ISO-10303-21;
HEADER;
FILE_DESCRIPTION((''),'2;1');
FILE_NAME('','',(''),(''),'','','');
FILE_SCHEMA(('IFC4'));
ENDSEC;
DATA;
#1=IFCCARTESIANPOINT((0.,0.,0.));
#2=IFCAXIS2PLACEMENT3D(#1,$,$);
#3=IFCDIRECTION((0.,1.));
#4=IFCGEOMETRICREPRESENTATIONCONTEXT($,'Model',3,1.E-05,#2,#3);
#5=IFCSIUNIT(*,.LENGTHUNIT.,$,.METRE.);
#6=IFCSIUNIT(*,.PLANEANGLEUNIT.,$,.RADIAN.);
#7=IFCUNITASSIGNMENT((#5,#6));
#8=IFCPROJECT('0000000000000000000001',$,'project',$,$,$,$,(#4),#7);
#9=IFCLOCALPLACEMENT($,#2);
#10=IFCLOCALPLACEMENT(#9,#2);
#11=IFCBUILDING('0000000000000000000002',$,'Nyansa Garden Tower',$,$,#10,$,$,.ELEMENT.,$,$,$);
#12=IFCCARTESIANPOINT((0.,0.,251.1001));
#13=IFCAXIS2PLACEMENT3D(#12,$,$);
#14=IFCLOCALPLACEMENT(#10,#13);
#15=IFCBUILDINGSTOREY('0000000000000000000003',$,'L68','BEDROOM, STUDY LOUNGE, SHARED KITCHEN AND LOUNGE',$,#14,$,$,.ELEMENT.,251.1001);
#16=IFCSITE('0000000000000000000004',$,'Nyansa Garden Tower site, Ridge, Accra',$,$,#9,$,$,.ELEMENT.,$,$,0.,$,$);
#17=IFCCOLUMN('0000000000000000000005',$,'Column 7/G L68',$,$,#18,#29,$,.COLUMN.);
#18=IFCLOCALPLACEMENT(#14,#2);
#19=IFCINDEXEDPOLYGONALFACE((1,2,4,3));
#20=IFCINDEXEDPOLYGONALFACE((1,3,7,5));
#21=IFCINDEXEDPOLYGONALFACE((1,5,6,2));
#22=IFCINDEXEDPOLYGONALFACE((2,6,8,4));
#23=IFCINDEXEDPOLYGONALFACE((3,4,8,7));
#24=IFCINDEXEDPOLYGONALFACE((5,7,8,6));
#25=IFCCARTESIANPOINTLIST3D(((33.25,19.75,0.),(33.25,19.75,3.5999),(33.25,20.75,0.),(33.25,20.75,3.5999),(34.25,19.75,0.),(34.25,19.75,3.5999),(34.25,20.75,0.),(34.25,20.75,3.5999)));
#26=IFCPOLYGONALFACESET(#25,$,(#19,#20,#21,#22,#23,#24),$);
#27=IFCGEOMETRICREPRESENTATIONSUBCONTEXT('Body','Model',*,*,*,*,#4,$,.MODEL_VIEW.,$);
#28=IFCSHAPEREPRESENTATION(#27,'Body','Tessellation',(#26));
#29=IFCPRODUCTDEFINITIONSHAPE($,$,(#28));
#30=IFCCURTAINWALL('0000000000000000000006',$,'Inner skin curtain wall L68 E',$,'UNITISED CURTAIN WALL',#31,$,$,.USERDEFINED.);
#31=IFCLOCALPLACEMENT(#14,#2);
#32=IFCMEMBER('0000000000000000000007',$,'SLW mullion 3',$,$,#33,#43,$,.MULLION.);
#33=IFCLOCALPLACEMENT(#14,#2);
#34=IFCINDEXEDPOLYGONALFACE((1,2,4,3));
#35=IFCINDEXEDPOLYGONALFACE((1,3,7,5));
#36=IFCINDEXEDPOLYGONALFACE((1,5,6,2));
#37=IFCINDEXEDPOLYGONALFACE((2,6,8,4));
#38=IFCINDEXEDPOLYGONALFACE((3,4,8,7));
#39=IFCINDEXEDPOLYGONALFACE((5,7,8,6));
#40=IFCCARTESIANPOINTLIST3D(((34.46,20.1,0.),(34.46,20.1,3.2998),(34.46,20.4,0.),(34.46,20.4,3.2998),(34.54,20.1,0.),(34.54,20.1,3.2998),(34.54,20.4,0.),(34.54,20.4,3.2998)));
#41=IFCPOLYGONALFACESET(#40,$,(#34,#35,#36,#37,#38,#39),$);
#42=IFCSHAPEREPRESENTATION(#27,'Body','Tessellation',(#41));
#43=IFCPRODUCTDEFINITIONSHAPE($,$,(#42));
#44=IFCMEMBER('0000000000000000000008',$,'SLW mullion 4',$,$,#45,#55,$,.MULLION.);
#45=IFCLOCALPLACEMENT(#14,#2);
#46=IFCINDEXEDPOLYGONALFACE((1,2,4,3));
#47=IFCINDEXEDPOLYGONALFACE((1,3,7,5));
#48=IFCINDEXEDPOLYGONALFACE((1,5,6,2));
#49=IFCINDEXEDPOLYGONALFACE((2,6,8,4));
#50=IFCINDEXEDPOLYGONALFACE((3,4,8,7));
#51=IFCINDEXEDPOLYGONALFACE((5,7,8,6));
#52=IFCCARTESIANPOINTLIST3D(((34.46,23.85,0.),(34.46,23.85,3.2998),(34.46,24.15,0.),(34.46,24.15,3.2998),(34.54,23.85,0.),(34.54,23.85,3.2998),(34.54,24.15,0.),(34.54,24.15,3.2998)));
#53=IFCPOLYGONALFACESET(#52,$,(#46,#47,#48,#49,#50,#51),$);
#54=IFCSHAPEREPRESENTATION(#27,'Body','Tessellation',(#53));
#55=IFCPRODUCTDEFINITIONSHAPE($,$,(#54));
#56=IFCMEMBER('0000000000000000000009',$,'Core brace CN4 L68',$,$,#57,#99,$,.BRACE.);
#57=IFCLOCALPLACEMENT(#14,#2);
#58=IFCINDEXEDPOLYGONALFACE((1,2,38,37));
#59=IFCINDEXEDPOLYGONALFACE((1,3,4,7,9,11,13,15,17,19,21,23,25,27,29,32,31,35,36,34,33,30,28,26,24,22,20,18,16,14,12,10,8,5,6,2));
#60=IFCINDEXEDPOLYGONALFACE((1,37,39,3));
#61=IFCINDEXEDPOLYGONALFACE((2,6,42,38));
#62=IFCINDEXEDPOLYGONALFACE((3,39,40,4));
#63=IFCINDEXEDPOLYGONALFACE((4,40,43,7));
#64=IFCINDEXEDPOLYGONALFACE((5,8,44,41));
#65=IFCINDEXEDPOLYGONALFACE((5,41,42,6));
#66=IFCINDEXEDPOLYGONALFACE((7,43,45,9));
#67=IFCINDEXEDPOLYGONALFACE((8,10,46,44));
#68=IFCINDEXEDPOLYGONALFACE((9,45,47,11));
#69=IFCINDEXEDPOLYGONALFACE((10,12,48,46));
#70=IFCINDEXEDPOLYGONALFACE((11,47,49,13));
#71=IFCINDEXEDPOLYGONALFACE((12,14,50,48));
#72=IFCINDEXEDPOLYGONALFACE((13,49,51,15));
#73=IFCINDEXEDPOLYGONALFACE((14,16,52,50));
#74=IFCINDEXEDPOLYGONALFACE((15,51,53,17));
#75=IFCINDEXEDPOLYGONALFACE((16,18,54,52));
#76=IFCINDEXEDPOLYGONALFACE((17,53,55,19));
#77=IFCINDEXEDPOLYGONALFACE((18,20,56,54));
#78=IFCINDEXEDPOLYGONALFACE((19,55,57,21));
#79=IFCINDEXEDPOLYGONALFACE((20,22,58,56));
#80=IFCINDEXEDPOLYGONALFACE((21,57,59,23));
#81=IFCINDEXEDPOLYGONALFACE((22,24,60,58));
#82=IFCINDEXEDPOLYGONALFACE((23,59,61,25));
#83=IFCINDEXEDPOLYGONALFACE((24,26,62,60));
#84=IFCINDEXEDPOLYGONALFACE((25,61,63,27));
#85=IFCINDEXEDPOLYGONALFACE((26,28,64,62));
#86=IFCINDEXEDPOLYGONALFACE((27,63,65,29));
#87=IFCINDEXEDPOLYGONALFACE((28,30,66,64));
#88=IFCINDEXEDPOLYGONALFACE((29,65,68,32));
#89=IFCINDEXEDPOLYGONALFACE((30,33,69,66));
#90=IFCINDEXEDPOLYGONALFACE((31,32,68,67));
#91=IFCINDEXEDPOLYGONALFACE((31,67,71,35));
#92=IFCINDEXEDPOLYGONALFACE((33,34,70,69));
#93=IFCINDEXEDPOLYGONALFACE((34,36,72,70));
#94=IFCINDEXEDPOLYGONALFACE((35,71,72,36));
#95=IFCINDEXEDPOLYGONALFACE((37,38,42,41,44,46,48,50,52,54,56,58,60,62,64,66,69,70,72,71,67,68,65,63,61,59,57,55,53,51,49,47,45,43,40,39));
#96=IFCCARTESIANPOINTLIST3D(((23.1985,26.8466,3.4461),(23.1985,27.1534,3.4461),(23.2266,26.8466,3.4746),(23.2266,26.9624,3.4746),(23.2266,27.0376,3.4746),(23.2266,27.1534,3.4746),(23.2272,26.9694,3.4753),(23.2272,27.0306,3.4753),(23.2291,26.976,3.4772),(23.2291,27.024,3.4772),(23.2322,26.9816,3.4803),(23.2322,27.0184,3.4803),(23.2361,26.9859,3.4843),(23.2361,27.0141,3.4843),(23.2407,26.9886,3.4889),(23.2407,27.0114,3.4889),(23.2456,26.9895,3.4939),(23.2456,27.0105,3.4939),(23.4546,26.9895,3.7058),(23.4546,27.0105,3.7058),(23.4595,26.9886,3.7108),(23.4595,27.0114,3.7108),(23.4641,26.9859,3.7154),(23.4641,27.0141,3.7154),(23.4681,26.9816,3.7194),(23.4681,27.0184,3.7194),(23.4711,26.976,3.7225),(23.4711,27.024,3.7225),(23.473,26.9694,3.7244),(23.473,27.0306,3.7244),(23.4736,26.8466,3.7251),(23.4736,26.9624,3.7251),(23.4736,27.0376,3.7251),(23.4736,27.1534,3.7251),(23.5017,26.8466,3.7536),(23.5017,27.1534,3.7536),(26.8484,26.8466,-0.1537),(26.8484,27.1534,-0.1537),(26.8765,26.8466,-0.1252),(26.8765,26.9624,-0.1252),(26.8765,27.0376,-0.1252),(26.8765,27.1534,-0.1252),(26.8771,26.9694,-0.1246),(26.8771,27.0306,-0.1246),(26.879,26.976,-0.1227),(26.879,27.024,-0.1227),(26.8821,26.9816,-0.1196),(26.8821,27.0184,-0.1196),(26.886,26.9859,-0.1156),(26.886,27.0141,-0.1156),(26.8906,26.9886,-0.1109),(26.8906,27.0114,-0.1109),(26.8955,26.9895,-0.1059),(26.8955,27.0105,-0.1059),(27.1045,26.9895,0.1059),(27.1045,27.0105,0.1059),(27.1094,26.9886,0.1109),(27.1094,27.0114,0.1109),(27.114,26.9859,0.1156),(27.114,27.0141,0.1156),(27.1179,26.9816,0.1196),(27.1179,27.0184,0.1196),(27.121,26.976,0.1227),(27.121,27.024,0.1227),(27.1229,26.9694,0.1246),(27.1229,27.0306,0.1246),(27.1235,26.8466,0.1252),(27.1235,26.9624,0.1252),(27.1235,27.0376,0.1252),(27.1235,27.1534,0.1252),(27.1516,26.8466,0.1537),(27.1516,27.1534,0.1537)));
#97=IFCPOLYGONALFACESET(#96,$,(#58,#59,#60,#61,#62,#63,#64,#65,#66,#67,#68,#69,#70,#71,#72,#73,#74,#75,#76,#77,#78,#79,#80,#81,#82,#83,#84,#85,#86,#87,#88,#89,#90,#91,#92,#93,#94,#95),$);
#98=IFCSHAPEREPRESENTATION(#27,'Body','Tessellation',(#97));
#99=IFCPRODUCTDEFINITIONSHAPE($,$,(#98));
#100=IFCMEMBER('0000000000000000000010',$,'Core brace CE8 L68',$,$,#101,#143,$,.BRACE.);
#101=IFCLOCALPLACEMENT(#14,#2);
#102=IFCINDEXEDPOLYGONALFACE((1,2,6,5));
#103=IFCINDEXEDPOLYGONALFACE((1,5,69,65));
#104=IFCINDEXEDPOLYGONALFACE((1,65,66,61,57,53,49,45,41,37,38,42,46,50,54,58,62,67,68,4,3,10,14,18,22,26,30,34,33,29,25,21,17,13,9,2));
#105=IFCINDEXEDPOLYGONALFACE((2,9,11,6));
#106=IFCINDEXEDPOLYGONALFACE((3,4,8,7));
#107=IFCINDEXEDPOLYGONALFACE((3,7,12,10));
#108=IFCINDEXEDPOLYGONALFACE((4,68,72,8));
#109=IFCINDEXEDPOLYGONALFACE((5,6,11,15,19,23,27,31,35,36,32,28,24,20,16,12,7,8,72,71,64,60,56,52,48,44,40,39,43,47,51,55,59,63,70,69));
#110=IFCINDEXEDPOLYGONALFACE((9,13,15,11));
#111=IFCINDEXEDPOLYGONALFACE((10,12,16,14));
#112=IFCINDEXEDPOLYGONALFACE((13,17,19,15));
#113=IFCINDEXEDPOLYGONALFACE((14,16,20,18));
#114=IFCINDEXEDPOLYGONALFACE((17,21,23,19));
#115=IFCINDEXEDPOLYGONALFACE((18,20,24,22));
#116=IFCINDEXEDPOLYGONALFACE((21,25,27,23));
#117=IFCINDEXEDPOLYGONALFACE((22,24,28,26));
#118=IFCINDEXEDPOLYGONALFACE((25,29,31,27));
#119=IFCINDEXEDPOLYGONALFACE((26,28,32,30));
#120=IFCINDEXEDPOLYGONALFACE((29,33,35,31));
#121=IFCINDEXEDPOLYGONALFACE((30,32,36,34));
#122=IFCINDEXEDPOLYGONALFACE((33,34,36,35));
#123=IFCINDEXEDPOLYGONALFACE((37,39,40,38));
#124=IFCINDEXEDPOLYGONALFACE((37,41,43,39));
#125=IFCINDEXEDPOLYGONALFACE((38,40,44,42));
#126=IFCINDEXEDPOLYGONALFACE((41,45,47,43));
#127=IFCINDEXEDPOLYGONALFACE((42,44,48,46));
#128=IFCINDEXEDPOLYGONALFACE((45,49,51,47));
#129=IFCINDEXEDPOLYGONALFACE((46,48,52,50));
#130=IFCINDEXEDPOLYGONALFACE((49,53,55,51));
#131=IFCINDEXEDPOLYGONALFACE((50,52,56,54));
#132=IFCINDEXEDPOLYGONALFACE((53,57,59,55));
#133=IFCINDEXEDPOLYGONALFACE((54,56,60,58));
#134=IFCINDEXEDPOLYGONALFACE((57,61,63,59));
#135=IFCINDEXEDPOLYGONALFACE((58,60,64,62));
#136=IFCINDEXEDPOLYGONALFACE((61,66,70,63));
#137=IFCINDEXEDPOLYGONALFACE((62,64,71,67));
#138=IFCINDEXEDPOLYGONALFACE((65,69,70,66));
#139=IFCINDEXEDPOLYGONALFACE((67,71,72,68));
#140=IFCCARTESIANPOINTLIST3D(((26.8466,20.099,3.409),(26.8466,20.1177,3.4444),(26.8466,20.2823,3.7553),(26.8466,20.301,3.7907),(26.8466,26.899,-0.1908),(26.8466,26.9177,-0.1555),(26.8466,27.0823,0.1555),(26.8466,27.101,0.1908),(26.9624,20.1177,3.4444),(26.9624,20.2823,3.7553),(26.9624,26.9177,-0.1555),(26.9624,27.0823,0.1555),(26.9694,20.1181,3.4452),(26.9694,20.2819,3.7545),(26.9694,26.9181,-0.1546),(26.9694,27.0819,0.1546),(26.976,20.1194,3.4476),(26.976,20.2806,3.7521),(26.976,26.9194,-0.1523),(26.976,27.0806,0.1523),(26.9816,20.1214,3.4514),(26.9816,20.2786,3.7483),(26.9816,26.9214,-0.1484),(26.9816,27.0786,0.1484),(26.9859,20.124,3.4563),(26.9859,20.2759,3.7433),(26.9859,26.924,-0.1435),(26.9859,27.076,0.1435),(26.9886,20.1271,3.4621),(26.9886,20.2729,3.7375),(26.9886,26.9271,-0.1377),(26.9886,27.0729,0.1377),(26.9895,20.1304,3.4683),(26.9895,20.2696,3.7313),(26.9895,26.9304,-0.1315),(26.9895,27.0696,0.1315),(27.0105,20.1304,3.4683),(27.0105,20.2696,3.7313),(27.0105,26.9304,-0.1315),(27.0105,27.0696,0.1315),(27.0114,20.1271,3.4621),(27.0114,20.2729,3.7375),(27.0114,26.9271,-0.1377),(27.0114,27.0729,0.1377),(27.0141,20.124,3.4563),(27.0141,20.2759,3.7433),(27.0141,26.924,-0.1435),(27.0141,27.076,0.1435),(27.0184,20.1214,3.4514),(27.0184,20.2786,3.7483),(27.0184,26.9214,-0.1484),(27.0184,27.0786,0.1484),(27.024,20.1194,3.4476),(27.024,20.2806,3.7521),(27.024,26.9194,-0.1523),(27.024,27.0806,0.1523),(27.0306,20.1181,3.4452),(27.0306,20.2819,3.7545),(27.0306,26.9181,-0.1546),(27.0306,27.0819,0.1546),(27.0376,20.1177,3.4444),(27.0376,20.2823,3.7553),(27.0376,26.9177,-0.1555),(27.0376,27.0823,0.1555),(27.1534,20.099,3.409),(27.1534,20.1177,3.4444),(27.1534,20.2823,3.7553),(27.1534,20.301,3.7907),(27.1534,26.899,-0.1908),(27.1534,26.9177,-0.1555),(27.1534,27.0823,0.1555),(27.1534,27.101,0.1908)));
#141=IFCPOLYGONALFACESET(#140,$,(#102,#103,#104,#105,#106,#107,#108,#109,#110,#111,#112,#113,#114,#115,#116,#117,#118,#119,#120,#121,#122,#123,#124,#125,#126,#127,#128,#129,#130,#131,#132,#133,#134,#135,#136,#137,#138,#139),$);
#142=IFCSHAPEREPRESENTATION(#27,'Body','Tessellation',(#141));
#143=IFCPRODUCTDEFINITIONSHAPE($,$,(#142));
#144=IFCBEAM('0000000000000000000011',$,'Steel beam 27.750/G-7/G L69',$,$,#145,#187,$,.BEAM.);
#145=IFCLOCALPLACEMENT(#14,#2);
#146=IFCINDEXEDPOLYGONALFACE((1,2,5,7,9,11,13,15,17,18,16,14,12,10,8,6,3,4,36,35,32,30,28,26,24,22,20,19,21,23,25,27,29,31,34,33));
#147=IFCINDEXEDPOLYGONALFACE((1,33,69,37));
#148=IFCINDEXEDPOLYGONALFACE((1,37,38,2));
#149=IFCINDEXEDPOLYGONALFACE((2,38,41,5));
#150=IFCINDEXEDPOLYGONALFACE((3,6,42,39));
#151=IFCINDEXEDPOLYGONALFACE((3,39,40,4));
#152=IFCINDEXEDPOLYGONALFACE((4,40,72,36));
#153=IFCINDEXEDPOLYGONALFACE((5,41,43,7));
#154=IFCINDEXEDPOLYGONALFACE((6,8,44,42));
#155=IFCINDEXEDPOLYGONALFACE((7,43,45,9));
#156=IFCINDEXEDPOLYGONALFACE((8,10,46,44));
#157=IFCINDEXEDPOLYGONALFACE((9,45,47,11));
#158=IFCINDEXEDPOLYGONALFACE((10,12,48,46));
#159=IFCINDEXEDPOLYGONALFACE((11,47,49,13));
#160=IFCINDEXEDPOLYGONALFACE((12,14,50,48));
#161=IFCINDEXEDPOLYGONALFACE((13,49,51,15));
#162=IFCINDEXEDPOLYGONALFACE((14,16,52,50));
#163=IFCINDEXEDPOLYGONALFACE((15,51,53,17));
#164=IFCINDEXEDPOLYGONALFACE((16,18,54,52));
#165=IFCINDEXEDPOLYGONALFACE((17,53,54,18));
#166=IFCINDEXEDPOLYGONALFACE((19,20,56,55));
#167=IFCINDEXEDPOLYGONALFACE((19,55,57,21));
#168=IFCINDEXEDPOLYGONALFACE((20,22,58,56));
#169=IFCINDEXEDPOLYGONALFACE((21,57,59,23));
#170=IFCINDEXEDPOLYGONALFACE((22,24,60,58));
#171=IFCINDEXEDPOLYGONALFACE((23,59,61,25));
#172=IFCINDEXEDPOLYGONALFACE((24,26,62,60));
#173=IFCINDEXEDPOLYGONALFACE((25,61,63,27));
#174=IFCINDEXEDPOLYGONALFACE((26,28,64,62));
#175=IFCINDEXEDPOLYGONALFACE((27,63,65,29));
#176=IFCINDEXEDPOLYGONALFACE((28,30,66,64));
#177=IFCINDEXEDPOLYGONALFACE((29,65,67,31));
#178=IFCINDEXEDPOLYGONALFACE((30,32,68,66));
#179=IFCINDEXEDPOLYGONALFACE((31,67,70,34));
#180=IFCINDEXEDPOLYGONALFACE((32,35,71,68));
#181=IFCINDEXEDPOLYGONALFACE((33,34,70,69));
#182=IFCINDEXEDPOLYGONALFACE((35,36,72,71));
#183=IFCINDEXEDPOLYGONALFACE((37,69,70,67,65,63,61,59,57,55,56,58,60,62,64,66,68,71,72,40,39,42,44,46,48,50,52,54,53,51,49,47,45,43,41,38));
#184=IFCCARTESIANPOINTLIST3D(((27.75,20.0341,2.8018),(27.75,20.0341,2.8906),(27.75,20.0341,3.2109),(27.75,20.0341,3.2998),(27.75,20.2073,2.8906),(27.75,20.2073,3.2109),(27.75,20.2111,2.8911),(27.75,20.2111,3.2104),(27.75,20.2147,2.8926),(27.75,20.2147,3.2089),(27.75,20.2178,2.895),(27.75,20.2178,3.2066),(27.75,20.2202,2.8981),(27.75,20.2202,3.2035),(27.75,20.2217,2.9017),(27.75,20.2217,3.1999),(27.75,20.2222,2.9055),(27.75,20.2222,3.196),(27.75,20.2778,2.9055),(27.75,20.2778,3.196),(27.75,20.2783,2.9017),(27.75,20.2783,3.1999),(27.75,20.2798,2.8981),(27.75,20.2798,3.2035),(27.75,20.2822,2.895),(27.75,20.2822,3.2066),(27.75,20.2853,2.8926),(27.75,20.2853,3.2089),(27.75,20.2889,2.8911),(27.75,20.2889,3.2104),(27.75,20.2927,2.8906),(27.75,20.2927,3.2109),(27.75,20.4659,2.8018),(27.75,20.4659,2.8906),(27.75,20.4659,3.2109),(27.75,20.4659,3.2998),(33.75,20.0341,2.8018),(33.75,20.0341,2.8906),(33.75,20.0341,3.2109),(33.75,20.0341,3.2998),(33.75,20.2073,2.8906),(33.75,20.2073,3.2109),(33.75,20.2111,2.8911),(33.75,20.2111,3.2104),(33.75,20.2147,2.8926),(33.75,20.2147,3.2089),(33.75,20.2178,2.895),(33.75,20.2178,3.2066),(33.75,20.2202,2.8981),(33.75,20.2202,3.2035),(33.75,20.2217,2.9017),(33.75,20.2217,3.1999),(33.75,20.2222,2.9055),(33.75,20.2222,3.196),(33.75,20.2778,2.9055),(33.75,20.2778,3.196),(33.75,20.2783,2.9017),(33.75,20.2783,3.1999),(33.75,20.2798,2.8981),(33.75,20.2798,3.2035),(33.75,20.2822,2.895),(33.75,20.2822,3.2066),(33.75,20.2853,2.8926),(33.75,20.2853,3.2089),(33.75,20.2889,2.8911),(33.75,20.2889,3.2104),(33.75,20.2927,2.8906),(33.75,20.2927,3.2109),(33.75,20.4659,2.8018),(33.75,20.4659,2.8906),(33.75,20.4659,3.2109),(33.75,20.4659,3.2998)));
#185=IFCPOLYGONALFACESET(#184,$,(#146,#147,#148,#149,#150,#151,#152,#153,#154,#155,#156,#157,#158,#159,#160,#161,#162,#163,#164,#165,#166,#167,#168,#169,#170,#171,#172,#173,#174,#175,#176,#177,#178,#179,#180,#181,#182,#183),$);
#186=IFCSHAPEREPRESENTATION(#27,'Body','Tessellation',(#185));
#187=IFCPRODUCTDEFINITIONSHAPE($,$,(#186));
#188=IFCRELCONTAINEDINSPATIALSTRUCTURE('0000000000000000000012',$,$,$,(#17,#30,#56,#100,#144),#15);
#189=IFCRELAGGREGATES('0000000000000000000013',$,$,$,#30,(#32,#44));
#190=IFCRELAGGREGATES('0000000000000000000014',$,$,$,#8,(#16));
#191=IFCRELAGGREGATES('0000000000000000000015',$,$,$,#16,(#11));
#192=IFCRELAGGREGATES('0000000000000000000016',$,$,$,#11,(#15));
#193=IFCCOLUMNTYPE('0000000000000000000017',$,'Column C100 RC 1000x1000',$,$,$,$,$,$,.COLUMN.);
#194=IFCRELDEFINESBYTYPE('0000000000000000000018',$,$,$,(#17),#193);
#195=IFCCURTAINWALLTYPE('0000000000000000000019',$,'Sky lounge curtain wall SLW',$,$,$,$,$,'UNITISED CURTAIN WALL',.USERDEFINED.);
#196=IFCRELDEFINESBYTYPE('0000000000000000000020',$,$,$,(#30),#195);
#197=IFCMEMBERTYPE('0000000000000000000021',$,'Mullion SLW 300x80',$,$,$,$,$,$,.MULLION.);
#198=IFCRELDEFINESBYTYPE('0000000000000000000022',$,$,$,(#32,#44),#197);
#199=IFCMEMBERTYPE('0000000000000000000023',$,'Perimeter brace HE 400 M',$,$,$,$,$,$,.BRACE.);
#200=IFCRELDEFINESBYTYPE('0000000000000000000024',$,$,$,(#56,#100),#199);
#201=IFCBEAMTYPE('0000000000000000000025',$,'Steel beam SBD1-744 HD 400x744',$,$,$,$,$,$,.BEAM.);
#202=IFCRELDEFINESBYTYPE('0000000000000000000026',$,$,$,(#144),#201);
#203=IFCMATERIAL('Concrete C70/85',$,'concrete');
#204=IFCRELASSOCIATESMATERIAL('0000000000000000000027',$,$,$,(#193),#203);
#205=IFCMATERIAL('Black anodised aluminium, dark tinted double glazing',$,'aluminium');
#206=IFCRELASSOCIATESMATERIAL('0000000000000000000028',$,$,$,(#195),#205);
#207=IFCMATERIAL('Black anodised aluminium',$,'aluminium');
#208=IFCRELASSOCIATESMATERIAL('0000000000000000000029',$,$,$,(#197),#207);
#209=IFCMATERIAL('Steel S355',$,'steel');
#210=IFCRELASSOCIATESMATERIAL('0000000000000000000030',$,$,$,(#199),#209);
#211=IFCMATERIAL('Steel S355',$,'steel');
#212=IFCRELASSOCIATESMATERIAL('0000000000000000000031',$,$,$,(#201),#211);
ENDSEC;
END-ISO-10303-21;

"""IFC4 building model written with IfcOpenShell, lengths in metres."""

from ifc_helpers import new_model, si_unit, direction, frame, origin, origin_2d, place, context, subcontext, project, spatial, rectangle, i_section, extrude, material, material_profile, profile_set, type_object, element, aggregate, save


model = new_model("IFC4")

# Units and contexts
model_context = context("Model", 3, precision=1e-05, world=origin(), true_north=direction((0.0, 1.0)))
body_context = subcontext(model_context, "Body", "Model", "MODEL_VIEW")
ifc_project = project(units=[si_unit("LENGTHUNIT", "METRE"), si_unit("PLANEANGLEUNIT", "RADIAN")], contexts=[model_context])

# Site, building, storey
site_placement = place(None, origin())
site = spatial("IfcSite", under=ifc_project, at=site_placement, Name="Nyansa Garden Tower site, Ridge, Accra", CompositionType="ELEMENT", RefElevation=0.0)
building_placement = place(site_placement, origin())
building = spatial("IfcBuilding", under=site, at=building_placement, Name="Nyansa Garden Tower", CompositionType="ELEMENT")
storey_placement = place(building_placement, frame((0.0, 0.0, 251.1001)))
storey = spatial("IfcBuildingStorey", under=building, at=storey_placement, Name="L68", Description="BEDROOM, STUDY LOUNGE, SHARED KITCHEN AND LOUNGE", CompositionType="ELEMENT", Elevation=251.1001)

# Column
ifc_material_1 = material(Name="Concrete C70/85", Category="concrete")
ifc_material_profile_1 = material_profile(ifc_material_1, rectangle(XDim=1.0, YDim=1.0, at=origin_2d()), Name="RC 1000x1000")
ifc_profile_set_1 = profile_set([ifc_material_profile_1], Name="Concrete C70/85")
column_type = type_object("IfcColumnType", Name="Column C100 RC 1000x1000", PredefinedType="COLUMN", material=ifc_profile_set_1)
column_placement = place(storey_placement, frame((33.75, 20.25, 0.0), z_axis=(0.0, 0.0, 1.0), x_axis=(1.0, 0.0, 0.0)))
element("IfcColumn", 1, at=column_placement, inside=storey, type_object=column_type, Name="Column 7/G L68", PredefinedType="COLUMN", context=body_context, shape_type="SweptSolid", body=[
    extrude(rectangle(XDim=1.0, YDim=1.0, at=origin_2d()), origin(), (0.0, 0.0, 1.0), 3.5999),
])

# Curtain wall, members
ifc_material_2 = material(Name="Black anodised aluminium, dark tinted double glazing", Category="aluminium")
curtain_wall_type = type_object("IfcCurtainWallType", Name="Sky lounge curtain wall SLW", ElementType="UNITISED CURTAIN WALL", PredefinedType="USERDEFINED", material=ifc_material_2)
curtain_wall_placement = place(storey_placement, origin())
curtain_wall = element("IfcCurtainWall", 2, at=curtain_wall_placement, inside=storey, type_object=curtain_wall_type, Name="Inner skin curtain wall L68 E", ObjectType="UNITISED CURTAIN WALL", PredefinedType="USERDEFINED")
ifc_material_3 = material(Name="Black anodised aluminium", Category="aluminium")
ifc_material_profile_2 = material_profile(ifc_material_3, rectangle(XDim=0.0801, YDim=0.3, at=origin_2d()), Name="Mullion 300x80")
ifc_profile_set_2 = profile_set([ifc_material_profile_2], Name="Black anodised aluminium")
member_type_1 = type_object("IfcMemberType", Name="Mullion SLW 300x80", PredefinedType="MULLION", material=ifc_profile_set_2)
member_1_placement = place(storey_placement, frame((34.5, 20.25, 0.0), z_axis=(0.0, 0.0, 1.0), x_axis=(-1.0, 0.0, 0.0)))
member_1 = element("IfcMember", 3, at=member_1_placement, type_object=member_type_1, Name="SLW mullion 3", PredefinedType="MULLION", context=body_context, shape_type="SweptSolid", body=[
    extrude(rectangle(XDim=0.0801, YDim=0.3, at=origin_2d()), origin(), (0.0, 0.0, 1.0), 3.2998),
])
member_2_placement = place(storey_placement, frame((34.5, 24.0, 0.0), z_axis=(0.0, 0.0, 1.0), x_axis=(-1.0, 0.0, 0.0)))
member_2 = element("IfcMember", 4, at=member_2_placement, type_object=member_type_1, Name="SLW mullion 4", PredefinedType="MULLION", context=body_context, shape_type="SweptSolid", body=[
    extrude(rectangle(XDim=0.0801, YDim=0.3, at=origin_2d()), origin(), (0.0, 0.0, 1.0), 3.2998),
])

# Members
ifc_material_4 = material(Name="Steel S355", Category="steel")
ifc_material_profile_3 = material_profile(ifc_material_4, i_section(OverallWidth=0.3069, OverallDepth=0.4319, WebThickness=0.021, FlangeThickness=0.04, FilletRadius=0.0271, at=origin_2d()), Name="HE 400 M")
ifc_profile_set_3 = profile_set([ifc_material_profile_3], Name="Steel S355")
member_type_2 = type_object("IfcMemberType", Name="Perimeter brace HE 400 M", PredefinedType="BRACE", material=ifc_profile_set_3)
member_3_placement = place(storey_placement, frame((27.0, 27.0, 0.0), z_axis=(-0.711971, 0.0, 0.702209), x_axis=(0.0, -1.0, 0.0)))
element("IfcMember", 5, at=member_3_placement, inside=storey, type_object=member_type_2, Name="Core brace CN4 L68", PredefinedType="BRACE", context=body_context, shape_type="SweptSolid", body=[
    extrude(i_section(OverallWidth=0.3069, OverallDepth=0.4319, WebThickness=0.021, FlangeThickness=0.04, FilletRadius=0.0271, at=origin_2d()), origin(), (0.0, 0.0, 1.0), 5.1265),
])
member_4_placement = place(storey_placement, frame((27.0, 27.0, 0.0), z_axis=(0.0, -0.883797, 0.46787), x_axis=(1.0, 0.0, 0.0)))
element("IfcMember", 6, at=member_4_placement, inside=storey, type_object=member_type_2, Name="Core brace CE8 L68", PredefinedType="BRACE", context=body_context, shape_type="SweptSolid", body=[
    extrude(i_section(OverallWidth=0.3069, OverallDepth=0.4319, WebThickness=0.021, FlangeThickness=0.04, FilletRadius=0.0271, at=origin_2d()), origin(), (0.0, 0.0, 1.0), 7.6941),
])

# Beam
ifc_material_5 = material(Name="Steel S355", Category="steel")
ifc_material_profile_4 = material_profile(ifc_material_5, i_section(OverallWidth=0.4319, OverallDepth=0.498, WebThickness=0.0557, FlangeThickness=0.0889, FilletRadius=0.0149, at=origin_2d()), Name="HD 400x744")
ifc_profile_set_4 = profile_set([ifc_material_profile_4], Name="Steel S355")
beam_type_1 = type_object("IfcBeamType", Name="Steel beam SBD1-744 HD 400x744", PredefinedType="BEAM", material=ifc_profile_set_4)
beam_1_placement = place(storey_placement, frame((27.75, 20.25, 3.0508), z_axis=(1.0, 0.0, 0.0), x_axis=(0.0, 1.0, 0.0)))
element("IfcBeam", 7, at=beam_1_placement, inside=storey, type_object=beam_type_1, Name="Steel beam 27.750/G-7/G L69", PredefinedType="BEAM", context=body_context, shape_type="SweptSolid", body=[
    extrude(i_section(OverallWidth=0.4319, OverallDepth=0.498, WebThickness=0.0557, FlangeThickness=0.0889, FilletRadius=0.0149, at=origin_2d()), origin(), (0.0, 0.0, 1.0), 6.0),
])

aggregate(curtain_wall, [member_1, member_2])

save(model, "model.ifc")
